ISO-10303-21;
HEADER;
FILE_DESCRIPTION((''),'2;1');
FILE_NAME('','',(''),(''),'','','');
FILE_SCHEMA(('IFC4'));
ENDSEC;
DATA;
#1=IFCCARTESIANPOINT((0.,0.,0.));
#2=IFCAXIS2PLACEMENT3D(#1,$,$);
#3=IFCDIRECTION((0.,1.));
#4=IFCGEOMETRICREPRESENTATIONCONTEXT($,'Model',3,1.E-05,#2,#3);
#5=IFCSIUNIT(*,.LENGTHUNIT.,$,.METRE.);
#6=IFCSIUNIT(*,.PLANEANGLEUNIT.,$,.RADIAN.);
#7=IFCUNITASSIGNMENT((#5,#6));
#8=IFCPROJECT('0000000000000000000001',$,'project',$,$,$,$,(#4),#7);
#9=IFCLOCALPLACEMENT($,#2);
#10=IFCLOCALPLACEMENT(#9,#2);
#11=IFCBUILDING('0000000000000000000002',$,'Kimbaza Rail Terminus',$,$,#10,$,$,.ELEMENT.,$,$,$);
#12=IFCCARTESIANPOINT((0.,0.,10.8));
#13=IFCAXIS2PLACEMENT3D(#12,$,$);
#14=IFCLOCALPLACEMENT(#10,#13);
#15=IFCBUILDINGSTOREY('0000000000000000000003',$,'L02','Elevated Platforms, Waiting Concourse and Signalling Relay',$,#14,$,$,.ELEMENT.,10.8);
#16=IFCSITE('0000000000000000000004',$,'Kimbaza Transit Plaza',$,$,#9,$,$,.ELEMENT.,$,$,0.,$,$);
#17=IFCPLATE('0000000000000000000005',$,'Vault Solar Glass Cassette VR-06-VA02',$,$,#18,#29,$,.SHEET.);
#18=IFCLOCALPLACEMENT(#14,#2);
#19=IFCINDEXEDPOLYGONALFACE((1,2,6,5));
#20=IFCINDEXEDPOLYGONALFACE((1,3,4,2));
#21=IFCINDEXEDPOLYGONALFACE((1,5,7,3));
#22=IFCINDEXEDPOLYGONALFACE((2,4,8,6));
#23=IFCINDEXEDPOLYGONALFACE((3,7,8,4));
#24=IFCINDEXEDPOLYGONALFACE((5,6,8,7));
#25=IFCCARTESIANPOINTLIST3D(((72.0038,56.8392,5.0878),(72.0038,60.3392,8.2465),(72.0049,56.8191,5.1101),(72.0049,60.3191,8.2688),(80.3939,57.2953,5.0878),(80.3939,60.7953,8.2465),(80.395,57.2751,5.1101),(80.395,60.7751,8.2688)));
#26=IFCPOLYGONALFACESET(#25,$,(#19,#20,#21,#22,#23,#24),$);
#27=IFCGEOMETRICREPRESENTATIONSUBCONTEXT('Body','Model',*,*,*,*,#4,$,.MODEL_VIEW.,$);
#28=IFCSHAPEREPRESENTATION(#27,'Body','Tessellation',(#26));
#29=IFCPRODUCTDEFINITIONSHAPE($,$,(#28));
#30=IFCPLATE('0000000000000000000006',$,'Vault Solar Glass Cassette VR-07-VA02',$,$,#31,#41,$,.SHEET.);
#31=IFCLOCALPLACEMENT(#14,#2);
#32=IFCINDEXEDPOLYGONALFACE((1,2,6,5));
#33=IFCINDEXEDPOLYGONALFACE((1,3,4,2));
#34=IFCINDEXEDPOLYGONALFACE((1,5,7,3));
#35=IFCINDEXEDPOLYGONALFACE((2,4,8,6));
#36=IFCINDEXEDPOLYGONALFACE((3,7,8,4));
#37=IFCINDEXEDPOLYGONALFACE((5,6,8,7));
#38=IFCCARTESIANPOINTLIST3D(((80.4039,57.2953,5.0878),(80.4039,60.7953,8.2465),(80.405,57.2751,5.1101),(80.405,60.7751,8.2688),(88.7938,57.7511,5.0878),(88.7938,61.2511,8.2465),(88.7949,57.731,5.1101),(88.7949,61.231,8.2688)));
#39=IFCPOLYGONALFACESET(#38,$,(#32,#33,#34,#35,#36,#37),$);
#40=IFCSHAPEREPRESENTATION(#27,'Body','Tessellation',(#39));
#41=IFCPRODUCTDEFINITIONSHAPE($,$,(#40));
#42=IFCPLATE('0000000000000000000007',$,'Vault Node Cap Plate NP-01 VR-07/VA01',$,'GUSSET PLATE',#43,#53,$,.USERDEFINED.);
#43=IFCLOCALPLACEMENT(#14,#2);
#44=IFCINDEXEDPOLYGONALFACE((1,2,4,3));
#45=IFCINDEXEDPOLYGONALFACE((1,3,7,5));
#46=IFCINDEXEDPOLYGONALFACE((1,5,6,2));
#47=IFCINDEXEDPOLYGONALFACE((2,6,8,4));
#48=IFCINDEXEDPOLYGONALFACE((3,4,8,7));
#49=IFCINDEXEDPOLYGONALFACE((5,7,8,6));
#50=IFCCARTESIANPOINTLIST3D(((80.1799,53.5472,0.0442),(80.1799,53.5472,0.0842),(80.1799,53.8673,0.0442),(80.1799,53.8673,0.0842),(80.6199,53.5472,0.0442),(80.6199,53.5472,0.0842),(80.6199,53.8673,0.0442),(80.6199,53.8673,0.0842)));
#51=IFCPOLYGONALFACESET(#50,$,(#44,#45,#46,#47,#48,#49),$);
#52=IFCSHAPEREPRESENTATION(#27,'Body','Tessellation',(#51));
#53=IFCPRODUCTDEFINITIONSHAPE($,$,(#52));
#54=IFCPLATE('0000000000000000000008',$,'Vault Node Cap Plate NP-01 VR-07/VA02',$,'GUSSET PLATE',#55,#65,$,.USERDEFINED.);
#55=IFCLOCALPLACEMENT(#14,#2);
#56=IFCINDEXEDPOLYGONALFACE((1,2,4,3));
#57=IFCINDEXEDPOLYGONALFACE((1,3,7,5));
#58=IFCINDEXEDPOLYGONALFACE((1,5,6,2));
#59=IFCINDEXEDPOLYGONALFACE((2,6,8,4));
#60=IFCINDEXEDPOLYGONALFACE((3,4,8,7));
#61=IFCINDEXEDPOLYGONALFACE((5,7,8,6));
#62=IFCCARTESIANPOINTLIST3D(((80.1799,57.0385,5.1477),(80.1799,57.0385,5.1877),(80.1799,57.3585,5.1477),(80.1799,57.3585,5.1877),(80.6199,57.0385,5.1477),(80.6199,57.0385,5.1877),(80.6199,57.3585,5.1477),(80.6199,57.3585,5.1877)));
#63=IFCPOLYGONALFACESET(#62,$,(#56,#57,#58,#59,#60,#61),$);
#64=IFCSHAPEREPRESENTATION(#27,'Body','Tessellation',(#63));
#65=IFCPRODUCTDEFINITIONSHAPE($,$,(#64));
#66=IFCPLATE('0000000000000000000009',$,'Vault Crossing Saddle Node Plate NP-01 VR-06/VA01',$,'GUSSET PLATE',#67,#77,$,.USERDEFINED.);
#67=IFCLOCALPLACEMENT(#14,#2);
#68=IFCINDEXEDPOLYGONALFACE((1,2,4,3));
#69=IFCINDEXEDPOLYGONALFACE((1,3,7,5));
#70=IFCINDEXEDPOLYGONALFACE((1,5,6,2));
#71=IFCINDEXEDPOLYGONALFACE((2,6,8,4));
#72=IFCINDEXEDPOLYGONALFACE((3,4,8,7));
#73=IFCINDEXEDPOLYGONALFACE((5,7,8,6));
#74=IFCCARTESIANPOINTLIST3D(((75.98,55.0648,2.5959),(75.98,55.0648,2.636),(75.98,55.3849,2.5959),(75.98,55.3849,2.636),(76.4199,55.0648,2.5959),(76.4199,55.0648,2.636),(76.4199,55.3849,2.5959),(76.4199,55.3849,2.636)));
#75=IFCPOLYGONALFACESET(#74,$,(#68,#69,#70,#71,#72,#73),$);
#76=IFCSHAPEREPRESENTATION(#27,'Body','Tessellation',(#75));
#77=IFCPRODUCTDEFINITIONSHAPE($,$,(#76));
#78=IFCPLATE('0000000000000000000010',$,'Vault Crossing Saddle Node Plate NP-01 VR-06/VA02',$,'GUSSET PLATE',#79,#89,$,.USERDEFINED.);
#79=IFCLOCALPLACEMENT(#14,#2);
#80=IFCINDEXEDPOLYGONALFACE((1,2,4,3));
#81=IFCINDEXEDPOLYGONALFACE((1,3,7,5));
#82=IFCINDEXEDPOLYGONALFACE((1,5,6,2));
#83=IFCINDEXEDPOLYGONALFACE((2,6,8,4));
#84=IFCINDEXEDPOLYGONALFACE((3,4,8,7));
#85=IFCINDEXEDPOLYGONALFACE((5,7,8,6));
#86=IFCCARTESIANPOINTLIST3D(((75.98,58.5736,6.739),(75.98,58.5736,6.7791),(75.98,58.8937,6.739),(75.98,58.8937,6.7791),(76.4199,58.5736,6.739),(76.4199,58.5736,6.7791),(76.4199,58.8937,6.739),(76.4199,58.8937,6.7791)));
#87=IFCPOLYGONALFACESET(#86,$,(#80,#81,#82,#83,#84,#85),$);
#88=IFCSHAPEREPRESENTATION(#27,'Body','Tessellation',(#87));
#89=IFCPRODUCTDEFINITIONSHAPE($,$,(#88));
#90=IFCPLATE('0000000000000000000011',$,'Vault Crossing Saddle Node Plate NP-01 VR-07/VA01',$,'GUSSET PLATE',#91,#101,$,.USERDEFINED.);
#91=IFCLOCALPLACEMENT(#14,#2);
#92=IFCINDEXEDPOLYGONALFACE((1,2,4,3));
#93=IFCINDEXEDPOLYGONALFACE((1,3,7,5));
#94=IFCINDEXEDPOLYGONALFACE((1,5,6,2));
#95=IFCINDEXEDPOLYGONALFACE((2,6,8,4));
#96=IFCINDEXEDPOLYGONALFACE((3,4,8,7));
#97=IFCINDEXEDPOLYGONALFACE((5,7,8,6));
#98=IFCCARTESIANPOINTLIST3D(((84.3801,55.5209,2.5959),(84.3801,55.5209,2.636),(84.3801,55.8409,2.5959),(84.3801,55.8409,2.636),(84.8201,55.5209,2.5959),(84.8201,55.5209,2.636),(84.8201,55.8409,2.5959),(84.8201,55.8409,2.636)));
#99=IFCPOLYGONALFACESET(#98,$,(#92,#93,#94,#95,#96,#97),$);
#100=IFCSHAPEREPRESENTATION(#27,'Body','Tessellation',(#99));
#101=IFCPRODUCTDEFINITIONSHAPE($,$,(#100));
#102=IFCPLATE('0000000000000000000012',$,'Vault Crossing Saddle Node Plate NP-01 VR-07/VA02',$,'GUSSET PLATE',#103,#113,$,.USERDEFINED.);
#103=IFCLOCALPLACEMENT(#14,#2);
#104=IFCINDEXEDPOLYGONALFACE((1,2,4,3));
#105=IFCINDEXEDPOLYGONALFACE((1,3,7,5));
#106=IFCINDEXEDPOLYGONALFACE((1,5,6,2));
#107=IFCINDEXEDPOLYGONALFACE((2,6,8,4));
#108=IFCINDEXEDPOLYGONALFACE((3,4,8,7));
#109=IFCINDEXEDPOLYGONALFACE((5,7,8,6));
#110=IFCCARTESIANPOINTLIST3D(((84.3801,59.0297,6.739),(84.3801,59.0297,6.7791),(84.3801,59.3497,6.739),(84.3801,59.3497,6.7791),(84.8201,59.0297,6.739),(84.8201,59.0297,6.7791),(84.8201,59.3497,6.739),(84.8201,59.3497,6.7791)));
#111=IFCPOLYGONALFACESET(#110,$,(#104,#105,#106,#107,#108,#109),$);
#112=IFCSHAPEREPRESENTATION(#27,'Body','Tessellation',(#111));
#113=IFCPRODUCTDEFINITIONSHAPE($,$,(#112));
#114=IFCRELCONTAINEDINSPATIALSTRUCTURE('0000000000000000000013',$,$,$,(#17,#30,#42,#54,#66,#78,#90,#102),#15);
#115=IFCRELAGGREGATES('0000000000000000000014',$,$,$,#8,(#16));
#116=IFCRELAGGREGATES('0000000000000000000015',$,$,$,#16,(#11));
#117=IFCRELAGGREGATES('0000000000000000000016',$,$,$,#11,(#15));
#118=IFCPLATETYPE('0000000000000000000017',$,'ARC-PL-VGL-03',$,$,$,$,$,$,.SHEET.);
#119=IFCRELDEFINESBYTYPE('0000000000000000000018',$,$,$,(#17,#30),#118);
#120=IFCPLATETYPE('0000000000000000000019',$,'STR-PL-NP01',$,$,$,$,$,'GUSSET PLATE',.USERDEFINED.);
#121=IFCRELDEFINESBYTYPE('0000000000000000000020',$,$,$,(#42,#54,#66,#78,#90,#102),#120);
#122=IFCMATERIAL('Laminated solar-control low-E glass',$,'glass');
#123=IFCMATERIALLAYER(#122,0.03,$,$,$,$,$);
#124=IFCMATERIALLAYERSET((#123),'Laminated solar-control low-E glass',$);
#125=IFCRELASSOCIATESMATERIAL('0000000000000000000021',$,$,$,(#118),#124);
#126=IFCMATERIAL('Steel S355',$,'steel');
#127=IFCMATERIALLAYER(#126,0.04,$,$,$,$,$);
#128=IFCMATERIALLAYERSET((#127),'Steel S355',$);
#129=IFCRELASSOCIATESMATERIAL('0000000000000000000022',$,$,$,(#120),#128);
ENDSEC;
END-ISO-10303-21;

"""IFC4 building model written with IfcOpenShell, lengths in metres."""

from ifc_helpers import new_model, si_unit, direction, frame, origin, origin_2d, place, context, subcontext, project, spatial, polyline, rectangle, outline, extrude, material, layer, layer_set, type_object, element, save


model = new_model("IFC4")

# Units and contexts
model_context = context("Model", 3, precision=1e-05, world=origin(), true_north=direction((0.0, 1.0)))
body_context = subcontext(model_context, "Body", "Model", "MODEL_VIEW")
ifc_project = project(units=[si_unit("LENGTHUNIT", "METRE"), si_unit("PLANEANGLEUNIT", "RADIAN")], contexts=[model_context])

# Site, building, storey
site_placement = place(None, origin())
site = spatial("IfcSite", under=ifc_project, at=site_placement, Name="Kimbaza Transit Plaza", CompositionType="ELEMENT", RefElevation=0.0)
building_placement = place(site_placement, origin())
building = spatial("IfcBuilding", under=site, at=building_placement, Name="Kimbaza Rail Terminus", CompositionType="ELEMENT")
storey_placement = place(building_placement, frame((0.0, 0.0, 10.8)))
storey = spatial("IfcBuildingStorey", under=building, at=storey_placement, Name="L02", Description="Elevated Platforms, Waiting Concourse and Signalling Relay", CompositionType="ELEMENT", Elevation=10.8)

# Plates
ifc_material_1 = material(Name="Laminated solar-control low-E glass", Category="glass")
ifc_layer_1 = layer(ifc_material_1, 0.03)
ifc_layer_set_1 = layer_set([ifc_layer_1], Name="Laminated solar-control low-E glass")
plate_type_1 = type_object("IfcPlateType", Name="ARC-PL-VGL-03", PredefinedType="SHEET", material=ifc_layer_set_1)
plate_1_placement = place(storey_placement, frame((72.0049, 56.8191, 5.1101), z_axis=(0.036393, -0.669539, 0.741885), x_axis=(0.998526, 0.054276, 0.0)))
element("IfcPlate", 1, at=plate_1_placement, inside=storey, type_object=plate_type_1, Name="Vault Solar Glass Cassette VR-06-VA02", PredefinedType="SHEET", context=body_context, shape_type="SweptSolid", body=[
    extrude(outline(polyline([(0.0, 0.0), (8.4025, 0.0), (8.5925, 4.7108), (0.19, 4.7108), (0.0, 0.0)])), origin(), (0.0, 0.0, -1.0), 0.03),
])
plate_2_placement = place(storey_placement, frame((80.405, 57.2751, 5.1101), z_axis=(0.036375, -0.669539, 0.741885), x_axis=(0.998527, 0.054249, 0.0)))
element("IfcPlate", 2, at=plate_2_placement, inside=storey, type_object=plate_type_1, Name="Vault Solar Glass Cassette VR-07-VA02", PredefinedType="SHEET", context=body_context, shape_type="SweptSolid", body=[
    extrude(outline(polyline([(0.0, 0.0), (8.4023, 0.0), (8.5921, 4.7108), (0.1899, 4.7108), (0.0, 0.0)])), origin(), (0.0, 0.0, -1.0), 0.03),
])
ifc_material_2 = material(Name="Steel S355", Category="steel")
ifc_layer_2 = layer(ifc_material_2, 0.04)
ifc_layer_set_2 = layer_set([ifc_layer_2], Name="Steel S355")
plate_type_2 = type_object("IfcPlateType", Name="STR-PL-NP01", ElementType="GUSSET PLATE", PredefinedType="USERDEFINED", material=ifc_layer_set_2)
for number, where, z_axis, x_axis, name in (
    (3, (80.3999, 53.7073, 0.0442), (0.0, 0.0, 1.0), (1.0, 0.0, 0.0), "Vault Node Cap Plate NP-01 VR-07/VA01"),
    (4, (80.3999, 57.1985, 5.1477), (0.0, 0.0, 1.0), (1.0, 0.0, 0.0), "Vault Node Cap Plate NP-01 VR-07/VA02"),
    (5, (76.2, 55.2249, 2.5959), (0.0, 0.0, 1.0), (1.0, 0.0, 0.0), "Vault Crossing Saddle Node Plate NP-01 VR-06/VA01"),
    (6, (76.2, 58.7336, 6.739), (0.0, 0.0, 1.0), (1.0, 0.0, 0.0), "Vault Crossing Saddle Node Plate NP-01 VR-06/VA02"),
    (7, (84.6001, 55.6809, 2.5959), (0.0, 0.0, 1.0), (1.0, 0.0, 0.0), "Vault Crossing Saddle Node Plate NP-01 VR-07/VA01"),
    (8, (84.6001, 59.1897, 6.739), (0.0, 0.0, 1.0), (1.0, 0.0, 0.0), "Vault Crossing Saddle Node Plate NP-01 VR-07/VA02"),
):
    element("IfcPlate", number, at=place(storey_placement, frame(where, z_axis=z_axis, x_axis=x_axis)), inside=storey, type_object=plate_type_2, Name=name, ObjectType="GUSSET PLATE", PredefinedType="USERDEFINED", context=body_context, shape_type="SweptSolid", body=[
        extrude(rectangle(XDim=0.4399, YDim=0.3201, at=origin_2d()), origin(), (0.0, 0.0, 1.0), 0.04),
    ])

save(model, "model.ifc")
